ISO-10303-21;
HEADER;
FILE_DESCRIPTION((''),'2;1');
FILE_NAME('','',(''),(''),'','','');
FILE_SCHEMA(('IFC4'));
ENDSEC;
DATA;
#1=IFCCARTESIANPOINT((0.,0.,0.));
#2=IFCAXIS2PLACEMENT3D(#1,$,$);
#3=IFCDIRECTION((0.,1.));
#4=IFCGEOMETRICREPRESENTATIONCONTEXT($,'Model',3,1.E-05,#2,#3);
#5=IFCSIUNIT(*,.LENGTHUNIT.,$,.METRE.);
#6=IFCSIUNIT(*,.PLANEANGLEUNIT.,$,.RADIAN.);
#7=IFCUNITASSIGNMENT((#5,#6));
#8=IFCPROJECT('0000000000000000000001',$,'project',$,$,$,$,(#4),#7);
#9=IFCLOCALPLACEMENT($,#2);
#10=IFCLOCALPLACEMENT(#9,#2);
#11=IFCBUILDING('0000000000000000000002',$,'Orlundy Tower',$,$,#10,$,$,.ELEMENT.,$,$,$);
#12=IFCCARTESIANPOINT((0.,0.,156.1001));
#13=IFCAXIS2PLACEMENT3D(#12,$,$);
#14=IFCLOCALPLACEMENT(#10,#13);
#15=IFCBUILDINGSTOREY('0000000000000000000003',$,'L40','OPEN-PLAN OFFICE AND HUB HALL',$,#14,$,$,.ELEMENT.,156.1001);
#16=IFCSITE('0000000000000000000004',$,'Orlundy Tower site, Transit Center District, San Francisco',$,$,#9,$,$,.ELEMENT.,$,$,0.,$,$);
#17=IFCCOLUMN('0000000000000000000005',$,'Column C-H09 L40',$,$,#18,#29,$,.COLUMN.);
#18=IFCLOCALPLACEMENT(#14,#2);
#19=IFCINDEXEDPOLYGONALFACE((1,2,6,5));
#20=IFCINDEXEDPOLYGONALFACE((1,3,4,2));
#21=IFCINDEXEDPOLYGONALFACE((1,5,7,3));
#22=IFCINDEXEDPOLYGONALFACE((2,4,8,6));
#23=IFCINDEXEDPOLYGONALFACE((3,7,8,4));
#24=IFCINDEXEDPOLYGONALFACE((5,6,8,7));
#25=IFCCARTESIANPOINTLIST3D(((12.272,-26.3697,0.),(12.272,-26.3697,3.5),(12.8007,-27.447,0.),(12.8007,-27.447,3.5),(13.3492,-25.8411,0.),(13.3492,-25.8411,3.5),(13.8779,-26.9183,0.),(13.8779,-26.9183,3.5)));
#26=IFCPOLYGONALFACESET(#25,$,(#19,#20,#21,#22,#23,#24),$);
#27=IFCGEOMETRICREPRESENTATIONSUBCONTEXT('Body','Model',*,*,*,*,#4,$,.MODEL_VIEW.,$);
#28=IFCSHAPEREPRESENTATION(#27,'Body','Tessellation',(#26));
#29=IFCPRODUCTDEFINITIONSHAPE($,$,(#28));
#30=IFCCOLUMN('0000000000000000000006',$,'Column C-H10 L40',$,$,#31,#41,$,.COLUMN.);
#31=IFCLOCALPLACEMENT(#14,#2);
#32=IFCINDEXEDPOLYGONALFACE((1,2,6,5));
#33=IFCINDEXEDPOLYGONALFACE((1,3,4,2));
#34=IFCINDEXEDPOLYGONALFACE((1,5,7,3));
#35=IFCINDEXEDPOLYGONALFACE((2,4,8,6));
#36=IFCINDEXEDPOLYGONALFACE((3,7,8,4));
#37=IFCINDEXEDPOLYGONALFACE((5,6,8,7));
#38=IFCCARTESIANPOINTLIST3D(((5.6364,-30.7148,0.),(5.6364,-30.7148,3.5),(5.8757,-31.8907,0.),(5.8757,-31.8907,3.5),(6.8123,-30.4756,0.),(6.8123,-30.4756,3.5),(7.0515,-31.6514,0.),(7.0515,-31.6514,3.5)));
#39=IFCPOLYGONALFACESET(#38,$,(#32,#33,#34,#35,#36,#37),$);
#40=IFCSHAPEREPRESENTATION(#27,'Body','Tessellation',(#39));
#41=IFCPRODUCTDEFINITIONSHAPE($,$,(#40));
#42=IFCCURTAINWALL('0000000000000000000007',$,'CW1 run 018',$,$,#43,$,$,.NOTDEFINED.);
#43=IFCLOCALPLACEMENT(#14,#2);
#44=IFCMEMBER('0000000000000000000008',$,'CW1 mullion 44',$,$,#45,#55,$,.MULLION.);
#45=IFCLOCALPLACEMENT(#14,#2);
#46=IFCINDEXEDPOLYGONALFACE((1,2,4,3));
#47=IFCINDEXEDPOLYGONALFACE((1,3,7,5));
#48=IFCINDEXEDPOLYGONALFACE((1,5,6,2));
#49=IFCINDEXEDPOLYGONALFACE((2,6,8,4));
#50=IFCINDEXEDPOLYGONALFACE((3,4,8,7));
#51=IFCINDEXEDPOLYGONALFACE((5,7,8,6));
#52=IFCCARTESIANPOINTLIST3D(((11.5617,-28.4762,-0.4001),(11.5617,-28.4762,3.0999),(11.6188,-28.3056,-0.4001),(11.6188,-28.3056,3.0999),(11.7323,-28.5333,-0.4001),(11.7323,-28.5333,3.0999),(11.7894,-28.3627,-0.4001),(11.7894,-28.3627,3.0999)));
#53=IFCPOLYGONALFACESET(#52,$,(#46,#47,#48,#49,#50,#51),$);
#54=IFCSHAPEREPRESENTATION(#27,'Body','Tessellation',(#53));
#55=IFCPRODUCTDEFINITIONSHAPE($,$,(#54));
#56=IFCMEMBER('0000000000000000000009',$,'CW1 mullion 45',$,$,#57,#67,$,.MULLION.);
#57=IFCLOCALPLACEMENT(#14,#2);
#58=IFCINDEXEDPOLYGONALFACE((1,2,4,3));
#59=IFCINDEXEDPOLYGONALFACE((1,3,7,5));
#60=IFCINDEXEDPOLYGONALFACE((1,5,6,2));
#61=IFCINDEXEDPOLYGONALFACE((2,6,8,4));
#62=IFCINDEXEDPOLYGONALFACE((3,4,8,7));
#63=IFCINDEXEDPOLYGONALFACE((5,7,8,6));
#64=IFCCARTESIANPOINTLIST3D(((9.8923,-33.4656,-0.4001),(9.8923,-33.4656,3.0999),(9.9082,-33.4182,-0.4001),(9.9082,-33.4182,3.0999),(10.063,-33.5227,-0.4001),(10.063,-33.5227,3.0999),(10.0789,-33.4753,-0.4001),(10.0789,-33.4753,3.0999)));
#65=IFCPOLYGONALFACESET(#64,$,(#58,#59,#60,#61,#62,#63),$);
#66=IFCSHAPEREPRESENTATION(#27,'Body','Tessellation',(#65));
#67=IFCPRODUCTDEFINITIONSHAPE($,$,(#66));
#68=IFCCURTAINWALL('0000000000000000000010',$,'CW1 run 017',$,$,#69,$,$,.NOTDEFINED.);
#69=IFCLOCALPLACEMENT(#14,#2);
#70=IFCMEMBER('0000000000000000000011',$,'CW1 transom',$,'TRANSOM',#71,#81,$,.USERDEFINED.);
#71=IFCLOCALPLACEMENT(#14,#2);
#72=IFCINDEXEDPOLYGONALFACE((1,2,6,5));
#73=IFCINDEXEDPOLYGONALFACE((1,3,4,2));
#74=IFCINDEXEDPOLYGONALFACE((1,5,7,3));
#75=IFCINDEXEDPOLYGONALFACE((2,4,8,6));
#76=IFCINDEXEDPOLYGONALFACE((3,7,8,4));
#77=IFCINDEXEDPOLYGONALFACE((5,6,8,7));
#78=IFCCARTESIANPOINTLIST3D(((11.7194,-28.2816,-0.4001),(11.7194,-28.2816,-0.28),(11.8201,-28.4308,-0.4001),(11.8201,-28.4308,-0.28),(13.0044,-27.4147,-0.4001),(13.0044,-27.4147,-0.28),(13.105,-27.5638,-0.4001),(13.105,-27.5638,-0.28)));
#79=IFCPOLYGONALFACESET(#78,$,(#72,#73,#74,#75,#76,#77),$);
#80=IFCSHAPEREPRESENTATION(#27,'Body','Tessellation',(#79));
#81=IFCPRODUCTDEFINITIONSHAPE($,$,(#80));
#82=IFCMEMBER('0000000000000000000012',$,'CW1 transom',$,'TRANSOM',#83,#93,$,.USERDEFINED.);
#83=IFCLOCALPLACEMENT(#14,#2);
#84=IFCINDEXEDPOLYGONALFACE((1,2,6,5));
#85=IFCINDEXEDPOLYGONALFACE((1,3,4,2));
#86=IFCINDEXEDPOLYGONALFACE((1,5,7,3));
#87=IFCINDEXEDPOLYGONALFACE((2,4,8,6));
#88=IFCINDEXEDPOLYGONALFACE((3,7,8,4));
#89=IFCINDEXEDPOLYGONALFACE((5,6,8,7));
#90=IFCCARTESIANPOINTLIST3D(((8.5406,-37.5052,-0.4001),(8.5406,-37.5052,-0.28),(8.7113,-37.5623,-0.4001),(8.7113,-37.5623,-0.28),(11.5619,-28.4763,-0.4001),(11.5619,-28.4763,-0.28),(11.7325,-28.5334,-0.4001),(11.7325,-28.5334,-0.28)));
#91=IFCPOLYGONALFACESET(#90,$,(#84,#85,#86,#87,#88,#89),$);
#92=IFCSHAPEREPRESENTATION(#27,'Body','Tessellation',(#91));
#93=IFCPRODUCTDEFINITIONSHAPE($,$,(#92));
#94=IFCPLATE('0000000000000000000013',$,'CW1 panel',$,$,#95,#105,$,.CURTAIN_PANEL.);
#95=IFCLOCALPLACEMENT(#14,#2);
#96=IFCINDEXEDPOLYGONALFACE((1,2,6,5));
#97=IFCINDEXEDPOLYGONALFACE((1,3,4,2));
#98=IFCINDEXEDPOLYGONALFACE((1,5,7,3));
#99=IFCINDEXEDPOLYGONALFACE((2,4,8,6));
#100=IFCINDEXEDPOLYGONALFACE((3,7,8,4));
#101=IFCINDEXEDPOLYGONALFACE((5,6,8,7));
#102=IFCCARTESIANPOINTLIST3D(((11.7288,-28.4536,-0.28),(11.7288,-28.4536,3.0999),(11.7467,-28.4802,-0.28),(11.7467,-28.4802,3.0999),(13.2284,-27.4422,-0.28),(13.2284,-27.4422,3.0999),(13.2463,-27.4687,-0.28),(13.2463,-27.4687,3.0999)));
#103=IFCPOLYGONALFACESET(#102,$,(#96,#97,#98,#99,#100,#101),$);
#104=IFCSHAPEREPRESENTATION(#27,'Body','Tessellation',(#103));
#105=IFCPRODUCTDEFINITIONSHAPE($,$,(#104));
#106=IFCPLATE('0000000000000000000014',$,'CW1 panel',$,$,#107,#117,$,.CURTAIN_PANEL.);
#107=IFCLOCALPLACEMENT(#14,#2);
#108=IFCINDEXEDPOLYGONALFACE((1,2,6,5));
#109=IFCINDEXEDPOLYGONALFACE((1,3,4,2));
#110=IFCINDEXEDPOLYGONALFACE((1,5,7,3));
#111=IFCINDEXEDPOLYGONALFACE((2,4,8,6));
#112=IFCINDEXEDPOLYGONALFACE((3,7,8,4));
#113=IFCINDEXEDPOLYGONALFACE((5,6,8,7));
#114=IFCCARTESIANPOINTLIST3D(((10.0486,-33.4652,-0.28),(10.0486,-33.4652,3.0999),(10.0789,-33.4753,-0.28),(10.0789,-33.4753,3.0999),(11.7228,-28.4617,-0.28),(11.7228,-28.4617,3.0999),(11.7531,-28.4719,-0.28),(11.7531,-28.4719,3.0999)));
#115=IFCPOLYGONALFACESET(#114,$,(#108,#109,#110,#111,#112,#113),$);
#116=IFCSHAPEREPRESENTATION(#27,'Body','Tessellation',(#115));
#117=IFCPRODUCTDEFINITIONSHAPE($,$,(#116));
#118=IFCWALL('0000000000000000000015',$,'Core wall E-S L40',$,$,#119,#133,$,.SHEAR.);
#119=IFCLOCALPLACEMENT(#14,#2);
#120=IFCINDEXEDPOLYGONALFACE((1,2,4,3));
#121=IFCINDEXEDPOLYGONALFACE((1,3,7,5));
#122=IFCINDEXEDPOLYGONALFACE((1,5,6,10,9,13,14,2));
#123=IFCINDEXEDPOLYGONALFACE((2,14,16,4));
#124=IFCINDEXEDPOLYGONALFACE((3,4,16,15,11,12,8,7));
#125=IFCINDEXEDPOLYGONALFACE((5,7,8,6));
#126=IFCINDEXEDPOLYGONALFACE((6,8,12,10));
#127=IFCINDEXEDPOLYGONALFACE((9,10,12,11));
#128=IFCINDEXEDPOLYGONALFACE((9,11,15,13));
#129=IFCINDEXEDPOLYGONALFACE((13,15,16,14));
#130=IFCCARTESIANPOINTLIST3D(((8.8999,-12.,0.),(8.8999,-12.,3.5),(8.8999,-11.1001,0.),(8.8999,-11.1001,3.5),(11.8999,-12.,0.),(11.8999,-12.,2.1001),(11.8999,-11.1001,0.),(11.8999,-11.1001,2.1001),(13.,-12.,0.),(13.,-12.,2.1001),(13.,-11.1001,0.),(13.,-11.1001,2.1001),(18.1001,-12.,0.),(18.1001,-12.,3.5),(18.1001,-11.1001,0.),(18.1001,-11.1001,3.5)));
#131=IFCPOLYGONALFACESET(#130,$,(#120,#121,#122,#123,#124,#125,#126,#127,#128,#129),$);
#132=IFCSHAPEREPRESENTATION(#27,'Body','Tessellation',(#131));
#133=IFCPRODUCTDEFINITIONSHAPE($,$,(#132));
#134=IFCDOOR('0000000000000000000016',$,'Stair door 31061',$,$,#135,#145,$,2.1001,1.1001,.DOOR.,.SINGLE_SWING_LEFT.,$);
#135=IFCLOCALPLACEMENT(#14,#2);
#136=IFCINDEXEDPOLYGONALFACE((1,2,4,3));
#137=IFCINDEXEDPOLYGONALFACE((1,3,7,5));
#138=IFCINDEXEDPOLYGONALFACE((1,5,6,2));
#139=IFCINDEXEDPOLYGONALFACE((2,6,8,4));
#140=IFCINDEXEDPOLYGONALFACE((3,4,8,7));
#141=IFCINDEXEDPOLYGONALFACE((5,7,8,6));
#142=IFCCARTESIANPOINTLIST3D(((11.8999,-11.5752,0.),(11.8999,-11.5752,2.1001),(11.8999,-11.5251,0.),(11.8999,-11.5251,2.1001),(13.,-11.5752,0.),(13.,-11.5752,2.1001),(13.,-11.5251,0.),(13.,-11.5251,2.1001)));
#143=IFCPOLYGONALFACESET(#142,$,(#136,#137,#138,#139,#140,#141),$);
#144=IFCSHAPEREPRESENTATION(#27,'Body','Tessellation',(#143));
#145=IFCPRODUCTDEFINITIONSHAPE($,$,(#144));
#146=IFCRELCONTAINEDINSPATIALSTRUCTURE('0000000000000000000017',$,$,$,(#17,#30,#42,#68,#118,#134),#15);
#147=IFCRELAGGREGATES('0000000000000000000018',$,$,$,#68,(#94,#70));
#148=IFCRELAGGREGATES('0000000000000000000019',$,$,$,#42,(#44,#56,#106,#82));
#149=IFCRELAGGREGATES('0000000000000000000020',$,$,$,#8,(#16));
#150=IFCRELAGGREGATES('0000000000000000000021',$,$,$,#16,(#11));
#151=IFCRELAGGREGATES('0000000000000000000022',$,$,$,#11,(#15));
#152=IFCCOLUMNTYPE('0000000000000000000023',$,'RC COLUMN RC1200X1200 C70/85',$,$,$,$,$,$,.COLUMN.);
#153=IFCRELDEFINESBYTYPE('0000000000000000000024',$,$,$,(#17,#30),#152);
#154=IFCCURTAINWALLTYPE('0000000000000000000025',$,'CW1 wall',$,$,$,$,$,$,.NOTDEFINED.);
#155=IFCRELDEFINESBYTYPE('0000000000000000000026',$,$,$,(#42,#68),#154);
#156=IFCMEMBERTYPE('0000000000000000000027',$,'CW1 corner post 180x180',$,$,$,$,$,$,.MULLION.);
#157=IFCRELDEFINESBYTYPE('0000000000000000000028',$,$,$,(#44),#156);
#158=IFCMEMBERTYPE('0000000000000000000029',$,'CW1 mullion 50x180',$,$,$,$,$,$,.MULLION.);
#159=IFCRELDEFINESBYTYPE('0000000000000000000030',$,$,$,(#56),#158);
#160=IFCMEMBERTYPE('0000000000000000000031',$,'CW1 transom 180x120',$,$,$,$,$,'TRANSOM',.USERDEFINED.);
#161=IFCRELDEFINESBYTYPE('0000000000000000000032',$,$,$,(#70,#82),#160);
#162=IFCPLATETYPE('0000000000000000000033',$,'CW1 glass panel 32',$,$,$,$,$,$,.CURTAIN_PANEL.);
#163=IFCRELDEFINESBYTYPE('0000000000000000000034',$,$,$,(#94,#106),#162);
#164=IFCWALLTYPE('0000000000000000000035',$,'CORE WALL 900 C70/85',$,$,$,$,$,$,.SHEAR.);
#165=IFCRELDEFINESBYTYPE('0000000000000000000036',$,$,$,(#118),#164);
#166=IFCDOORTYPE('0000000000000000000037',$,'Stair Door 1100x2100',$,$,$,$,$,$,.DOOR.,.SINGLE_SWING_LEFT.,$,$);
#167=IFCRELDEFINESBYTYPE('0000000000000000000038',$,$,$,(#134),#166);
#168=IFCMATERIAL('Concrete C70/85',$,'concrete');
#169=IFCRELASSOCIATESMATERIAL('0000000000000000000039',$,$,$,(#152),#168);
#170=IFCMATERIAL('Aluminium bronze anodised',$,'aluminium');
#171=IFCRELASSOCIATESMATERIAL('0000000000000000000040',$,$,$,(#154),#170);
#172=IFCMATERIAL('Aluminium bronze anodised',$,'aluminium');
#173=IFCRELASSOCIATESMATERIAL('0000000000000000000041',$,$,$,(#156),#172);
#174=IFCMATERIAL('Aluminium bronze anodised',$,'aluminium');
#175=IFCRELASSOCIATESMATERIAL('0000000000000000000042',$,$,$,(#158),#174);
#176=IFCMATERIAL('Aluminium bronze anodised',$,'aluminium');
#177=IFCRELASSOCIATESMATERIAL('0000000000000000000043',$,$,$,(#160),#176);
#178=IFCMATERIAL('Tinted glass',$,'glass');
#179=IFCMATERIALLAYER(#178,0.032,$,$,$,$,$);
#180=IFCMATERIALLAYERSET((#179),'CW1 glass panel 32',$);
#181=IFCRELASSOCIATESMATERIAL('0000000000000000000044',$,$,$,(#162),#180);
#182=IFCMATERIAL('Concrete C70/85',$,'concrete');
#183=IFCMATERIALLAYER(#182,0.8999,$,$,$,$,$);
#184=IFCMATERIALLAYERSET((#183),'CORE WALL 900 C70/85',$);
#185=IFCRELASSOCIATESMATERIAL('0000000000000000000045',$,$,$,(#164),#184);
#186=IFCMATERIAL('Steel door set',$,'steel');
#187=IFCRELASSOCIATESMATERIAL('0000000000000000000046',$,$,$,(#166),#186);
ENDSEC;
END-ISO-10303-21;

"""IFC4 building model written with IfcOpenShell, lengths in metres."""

from ifc_helpers import new_model, si_unit, direction, frame, frame_2d, origin, origin_2d, place, context, subcontext, project, spatial, rectangle, extrude, material, layer, layer_set, material_profile, profile_set, type_object, element, fill, aggregate, save


model = new_model("IFC4")

# Units and contexts
model_context = context("Model", 3, precision=1e-05, world=origin(), true_north=direction((0.0, 1.0)))
body_context = subcontext(model_context, "Body", "Model", "MODEL_VIEW")
ifc_project = project(units=[si_unit("LENGTHUNIT", "METRE"), si_unit("PLANEANGLEUNIT", "RADIAN")], contexts=[model_context])

# Site, building, storey
site_placement = place(None, origin())
site = spatial("IfcSite", under=ifc_project, at=site_placement, Name="Orlundy Tower site, Transit Center District, San Francisco", CompositionType="ELEMENT", RefElevation=0.0)
building_placement = place(site_placement, origin())
building = spatial("IfcBuilding", under=site, at=building_placement, Name="Orlundy Tower", CompositionType="ELEMENT")
storey_placement = place(building_placement, frame((0.0, 0.0, 156.1001)))
storey = spatial("IfcBuildingStorey", under=building, at=storey_placement, Name="L40", Description="OPEN-PLAN OFFICE AND HUB HALL", CompositionType="ELEMENT", Elevation=156.1001)

# Columns
ifc_material_1 = material(Name="Concrete C70/85", Category="concrete")
ifc_material_profile_1 = material_profile(ifc_material_1, rectangle(XDim=1.2, YDim=1.2, at=origin_2d()), Name="RC1200X1200")
ifc_profile_set_1 = profile_set([ifc_material_profile_1], Name="Concrete C70/85")
column_type = type_object("IfcColumnType", Name="RC COLUMN RC1200X1200 C70/85", PredefinedType="COLUMN", material=ifc_profile_set_1)
for number, where, z_axis, x_axis, name in (
    (1, (13.075, -26.644, 0.0), (0.0, 0.0, 1.0), (0.44055, -0.897728, 0.0), "Column C-H09 L40"),
    (2, (6.344, -31.1831, 0.0), (0.0, 0.0, 1.0), (0.199368, -0.979925, 0.0), "Column C-H10 L40"),
):
    element("IfcColumn", number, at=place(storey_placement, frame(where, z_axis=z_axis, x_axis=x_axis)), inside=storey, type_object=column_type, Name=name, PredefinedType="COLUMN", context=body_context, shape_type="SweptSolid", body=[
        extrude(rectangle(XDim=1.2, YDim=1.2, at=origin_2d()), origin(), (0.0, 0.0, 1.0), 3.5),
    ])

# Curtain wall, members
ifc_material_2 = material(Name="Aluminium bronze anodised", Category="aluminium")
curtain_wall_type = type_object("IfcCurtainWallType", Name="CW1 wall", PredefinedType="NOTDEFINED", material=ifc_material_2)
curtain_wall_1_placement = place(storey_placement, origin())
curtain_wall_1 = element("IfcCurtainWall", 3, at=curtain_wall_1_placement, inside=storey, type_object=curtain_wall_type, Name="CW1 run 018", PredefinedType="NOTDEFINED")
ifc_material_3 = material(Name="Aluminium bronze anodised", Category="aluminium")
ifc_material_profile_2 = material_profile(ifc_material_3, rectangle(XDim=0.1799, YDim=0.1799, at=origin_2d()), Name="CW1 corner post 180x180")
ifc_profile_set_2 = profile_set([ifc_material_profile_2], Name="Aluminium bronze anodised")
member_type_1 = type_object("IfcMemberType", Name="CW1 corner post 180x180", PredefinedType="MULLION", material=ifc_profile_set_2)
member_1_placement = place(storey_placement, frame((11.6755, -28.4194, -0.4001), z_axis=(0.0, 0.0, 1.0), x_axis=(0.948321, -0.317314, 0.0)))
member_1 = element("IfcMember", 4, at=member_1_placement, type_object=member_type_1, Name="CW1 mullion 44", PredefinedType="MULLION", context=body_context, shape_type="SweptSolid", body=[
    extrude(rectangle(XDim=0.1799, YDim=0.1799, at=origin_2d()), origin(), (0.0, 0.0, 1.0), 3.5),
])
ifc_material_4 = material(Name="Aluminium bronze anodised", Category="aluminium")
ifc_material_profile_3 = material_profile(ifc_material_4, rectangle(XDim=0.1799, YDim=0.05, at=origin_2d()), Name="CW1 mullion 50x180")
ifc_profile_set_3 = profile_set([ifc_material_profile_3], Name="Aluminium bronze anodised")
member_type_2 = type_object("IfcMemberType", Name="CW1 mullion 50x180", PredefinedType="MULLION", material=ifc_profile_set_3)
member_2_placement = place(storey_placement, frame((9.9856, -33.4705, -0.4001), z_axis=(0.0, 0.0, 1.0), x_axis=(0.948321, -0.317314, 0.0)))
member_2 = element("IfcMember", 5, at=member_2_placement, type_object=member_type_2, Name="CW1 mullion 45", PredefinedType="MULLION", context=body_context, shape_type="SweptSolid", body=[
    extrude(rectangle(XDim=0.1799, YDim=0.05, at=origin_2d()), origin(), (0.0, 0.0, 1.0), 3.5),
])

# Curtain wall, member
curtain_wall_2_placement = place(storey_placement, origin())
curtain_wall_2 = element("IfcCurtainWall", 6, at=curtain_wall_2_placement, inside=storey, type_object=curtain_wall_type, Name="CW1 run 017", PredefinedType="NOTDEFINED")
ifc_material_5 = material(Name="Aluminium bronze anodised", Category="aluminium")
ifc_material_profile_4 = material_profile(ifc_material_5, rectangle(XDim=0.1799, YDim=0.1201, at=origin_2d()), Name="CW1 transom 180x120")
ifc_profile_set_4 = profile_set([ifc_material_profile_4], Name="Aluminium bronze anodised")
member_type_3 = type_object("IfcMemberType", Name="CW1 transom 180x120", ElementType="TRANSOM", PredefinedType="USERDEFINED", material=ifc_profile_set_4)
member_3_placement = place(storey_placement, frame((13.0547, -27.4893, -0.3401), z_axis=(-0.82896, -0.559308, 0.0), x_axis=(0.559308, -0.82896, 0.0)))
member_3 = element("IfcMember", 7, at=member_3_placement, type_object=member_type_3, Name="CW1 transom", ObjectType="TRANSOM", PredefinedType="USERDEFINED", context=body_context, shape_type="SweptSolid", body=[
    extrude(rectangle(XDim=0.1799, YDim=0.1201, at=origin_2d()), origin(), (0.0, 0.0, 1.0), 1.55),
])

# Member
member_4_placement = place(storey_placement, frame((11.6472, -28.5049, -0.3401), z_axis=(-0.317328, -0.948316, 0.0), x_axis=(0.948316, -0.317328, 0.0)))
member_4 = element("IfcMember", 8, at=member_4_placement, type_object=member_type_3, Name="CW1 transom", ObjectType="TRANSOM", PredefinedType="USERDEFINED", context=body_context, shape_type="SweptSolid", body=[
    extrude(rectangle(XDim=0.1799, YDim=0.1201, at=origin_2d()), origin(), (0.0, 0.0, 1.0), 9.521),
])

# Plates
ifc_material_6 = material(Name="Tinted glass", Category="glass")
ifc_layer_1 = layer(ifc_material_6, 0.032)
ifc_layer_set_1 = layer_set([ifc_layer_1], Name="CW1 glass panel 32")
plate_type = type_object("IfcPlateType", Name="CW1 glass panel 32", PredefinedType="CURTAIN_PANEL", material=ifc_layer_set_1)
plate_1_placement = place(storey_placement, frame((12.4875, -27.9612, -0.28), z_axis=(0.0, 0.0, 1.0), x_axis=(-0.829057, -0.559165, 0.0)))
plate_1 = element("IfcPlate", 9, at=plate_1_placement, type_object=plate_type, Name="CW1 panel", PredefinedType="CURTAIN_PANEL", context=body_context, shape_type="SweptSolid", body=[
    extrude(rectangle(XDim=1.8088, YDim=0.032, at=origin_2d()), origin(), (0.0, 0.0, 1.0), 3.3799),
])
aggregate(curtain_wall_2, [plate_1, member_3])
plate_2_placement = place(storey_placement, frame((10.9009, -30.9685, -0.28), z_axis=(0.0, 0.0, 1.0), x_axis=(-0.317314, -0.948321, 0.0)))
plate_2 = element("IfcPlate", 10, at=plate_2_placement, type_object=plate_type, Name="CW1 panel", PredefinedType="CURTAIN_PANEL", context=body_context, shape_type="SweptSolid", body=[
    extrude(rectangle(XDim=5.2761, YDim=0.032, at=origin_2d()), origin(), (0.0, 0.0, 1.0), 3.3799),
])
aggregate(curtain_wall_1, [member_1, member_2, plate_2, member_4])

# Wall, opening, door
ifc_material_7 = material(Name="Concrete C70/85", Category="concrete")
ifc_layer_2 = layer(ifc_material_7, 0.8999)
ifc_layer_set_2 = layer_set([ifc_layer_2], Name="CORE WALL 900 C70/85")
wall_type_1 = type_object("IfcWallType", Name="CORE WALL 900 C70/85", PredefinedType="SHEAR", material=ifc_layer_set_2)
wall_1_placement = place(storey_placement, frame((8.8999, -11.55, 0.0), z_axis=(0.0, 0.0, 1.0), x_axis=(1.0, 0.0, 0.0)))
wall_1 = element("IfcWall", 11, at=wall_1_placement, inside=storey, type_object=wall_type_1, Name="Core wall E-S L40", PredefinedType="SHEAR", context=body_context, shape_type="SweptSolid", body=[
    extrude(rectangle(XDim=9.2002, YDim=0.8999, at=frame_2d((4.6001, 0.0))), origin(), (0.0, 0.0, 1.0), 3.5),
])
opening_1_placement = place(wall_1_placement, frame((3.0, 0.0, 0.0)))
opening_1 = element("IfcOpeningElement", 12, at=opening_1_placement, cuts=wall_1, PredefinedType="OPENING", context=body_context, shape_type="SweptSolid", body=[
    extrude(rectangle(XDim=1.1001, YDim=2.1001, at=frame_2d((0.55, 1.05))), frame((0.0, 0.46, 0.0), z_axis=(0.0, -1.0, 0.0), x_axis=(1.0, 0.0, 0.0)), (0.0, 0.0, 1.0), 0.9199),
])
ifc_material_8 = material(Name="Steel door set", Category="steel")
door_type_1 = type_object("IfcDoorType", Name="Stair Door 1100x2100", OperationType="SINGLE_SWING_LEFT", PredefinedType="DOOR", material=ifc_material_8)
door_1_placement = place(opening_1_placement, origin())
door_1 = element("IfcDoor", 13, at=door_1_placement, inside=storey, type_object=door_type_1, Name="Stair door 31061", OperationType="SINGLE_SWING_LEFT", OverallHeight=2.1001, OverallWidth=1.1001, PredefinedType="DOOR", context=body_context, shape_type="SweptSolid", body=[
    extrude(rectangle(XDim=1.1001, YDim=2.1001, at=frame_2d((0.55, 1.05))), frame((0.0, 0.0249, 0.0), z_axis=(0.0, -1.0, 0.0), x_axis=(1.0, 0.0, 0.0)), (0.0, 0.0, 1.0), 0.05),
])
fill(opening_1, door_1)

save(model, "model.ifc")
